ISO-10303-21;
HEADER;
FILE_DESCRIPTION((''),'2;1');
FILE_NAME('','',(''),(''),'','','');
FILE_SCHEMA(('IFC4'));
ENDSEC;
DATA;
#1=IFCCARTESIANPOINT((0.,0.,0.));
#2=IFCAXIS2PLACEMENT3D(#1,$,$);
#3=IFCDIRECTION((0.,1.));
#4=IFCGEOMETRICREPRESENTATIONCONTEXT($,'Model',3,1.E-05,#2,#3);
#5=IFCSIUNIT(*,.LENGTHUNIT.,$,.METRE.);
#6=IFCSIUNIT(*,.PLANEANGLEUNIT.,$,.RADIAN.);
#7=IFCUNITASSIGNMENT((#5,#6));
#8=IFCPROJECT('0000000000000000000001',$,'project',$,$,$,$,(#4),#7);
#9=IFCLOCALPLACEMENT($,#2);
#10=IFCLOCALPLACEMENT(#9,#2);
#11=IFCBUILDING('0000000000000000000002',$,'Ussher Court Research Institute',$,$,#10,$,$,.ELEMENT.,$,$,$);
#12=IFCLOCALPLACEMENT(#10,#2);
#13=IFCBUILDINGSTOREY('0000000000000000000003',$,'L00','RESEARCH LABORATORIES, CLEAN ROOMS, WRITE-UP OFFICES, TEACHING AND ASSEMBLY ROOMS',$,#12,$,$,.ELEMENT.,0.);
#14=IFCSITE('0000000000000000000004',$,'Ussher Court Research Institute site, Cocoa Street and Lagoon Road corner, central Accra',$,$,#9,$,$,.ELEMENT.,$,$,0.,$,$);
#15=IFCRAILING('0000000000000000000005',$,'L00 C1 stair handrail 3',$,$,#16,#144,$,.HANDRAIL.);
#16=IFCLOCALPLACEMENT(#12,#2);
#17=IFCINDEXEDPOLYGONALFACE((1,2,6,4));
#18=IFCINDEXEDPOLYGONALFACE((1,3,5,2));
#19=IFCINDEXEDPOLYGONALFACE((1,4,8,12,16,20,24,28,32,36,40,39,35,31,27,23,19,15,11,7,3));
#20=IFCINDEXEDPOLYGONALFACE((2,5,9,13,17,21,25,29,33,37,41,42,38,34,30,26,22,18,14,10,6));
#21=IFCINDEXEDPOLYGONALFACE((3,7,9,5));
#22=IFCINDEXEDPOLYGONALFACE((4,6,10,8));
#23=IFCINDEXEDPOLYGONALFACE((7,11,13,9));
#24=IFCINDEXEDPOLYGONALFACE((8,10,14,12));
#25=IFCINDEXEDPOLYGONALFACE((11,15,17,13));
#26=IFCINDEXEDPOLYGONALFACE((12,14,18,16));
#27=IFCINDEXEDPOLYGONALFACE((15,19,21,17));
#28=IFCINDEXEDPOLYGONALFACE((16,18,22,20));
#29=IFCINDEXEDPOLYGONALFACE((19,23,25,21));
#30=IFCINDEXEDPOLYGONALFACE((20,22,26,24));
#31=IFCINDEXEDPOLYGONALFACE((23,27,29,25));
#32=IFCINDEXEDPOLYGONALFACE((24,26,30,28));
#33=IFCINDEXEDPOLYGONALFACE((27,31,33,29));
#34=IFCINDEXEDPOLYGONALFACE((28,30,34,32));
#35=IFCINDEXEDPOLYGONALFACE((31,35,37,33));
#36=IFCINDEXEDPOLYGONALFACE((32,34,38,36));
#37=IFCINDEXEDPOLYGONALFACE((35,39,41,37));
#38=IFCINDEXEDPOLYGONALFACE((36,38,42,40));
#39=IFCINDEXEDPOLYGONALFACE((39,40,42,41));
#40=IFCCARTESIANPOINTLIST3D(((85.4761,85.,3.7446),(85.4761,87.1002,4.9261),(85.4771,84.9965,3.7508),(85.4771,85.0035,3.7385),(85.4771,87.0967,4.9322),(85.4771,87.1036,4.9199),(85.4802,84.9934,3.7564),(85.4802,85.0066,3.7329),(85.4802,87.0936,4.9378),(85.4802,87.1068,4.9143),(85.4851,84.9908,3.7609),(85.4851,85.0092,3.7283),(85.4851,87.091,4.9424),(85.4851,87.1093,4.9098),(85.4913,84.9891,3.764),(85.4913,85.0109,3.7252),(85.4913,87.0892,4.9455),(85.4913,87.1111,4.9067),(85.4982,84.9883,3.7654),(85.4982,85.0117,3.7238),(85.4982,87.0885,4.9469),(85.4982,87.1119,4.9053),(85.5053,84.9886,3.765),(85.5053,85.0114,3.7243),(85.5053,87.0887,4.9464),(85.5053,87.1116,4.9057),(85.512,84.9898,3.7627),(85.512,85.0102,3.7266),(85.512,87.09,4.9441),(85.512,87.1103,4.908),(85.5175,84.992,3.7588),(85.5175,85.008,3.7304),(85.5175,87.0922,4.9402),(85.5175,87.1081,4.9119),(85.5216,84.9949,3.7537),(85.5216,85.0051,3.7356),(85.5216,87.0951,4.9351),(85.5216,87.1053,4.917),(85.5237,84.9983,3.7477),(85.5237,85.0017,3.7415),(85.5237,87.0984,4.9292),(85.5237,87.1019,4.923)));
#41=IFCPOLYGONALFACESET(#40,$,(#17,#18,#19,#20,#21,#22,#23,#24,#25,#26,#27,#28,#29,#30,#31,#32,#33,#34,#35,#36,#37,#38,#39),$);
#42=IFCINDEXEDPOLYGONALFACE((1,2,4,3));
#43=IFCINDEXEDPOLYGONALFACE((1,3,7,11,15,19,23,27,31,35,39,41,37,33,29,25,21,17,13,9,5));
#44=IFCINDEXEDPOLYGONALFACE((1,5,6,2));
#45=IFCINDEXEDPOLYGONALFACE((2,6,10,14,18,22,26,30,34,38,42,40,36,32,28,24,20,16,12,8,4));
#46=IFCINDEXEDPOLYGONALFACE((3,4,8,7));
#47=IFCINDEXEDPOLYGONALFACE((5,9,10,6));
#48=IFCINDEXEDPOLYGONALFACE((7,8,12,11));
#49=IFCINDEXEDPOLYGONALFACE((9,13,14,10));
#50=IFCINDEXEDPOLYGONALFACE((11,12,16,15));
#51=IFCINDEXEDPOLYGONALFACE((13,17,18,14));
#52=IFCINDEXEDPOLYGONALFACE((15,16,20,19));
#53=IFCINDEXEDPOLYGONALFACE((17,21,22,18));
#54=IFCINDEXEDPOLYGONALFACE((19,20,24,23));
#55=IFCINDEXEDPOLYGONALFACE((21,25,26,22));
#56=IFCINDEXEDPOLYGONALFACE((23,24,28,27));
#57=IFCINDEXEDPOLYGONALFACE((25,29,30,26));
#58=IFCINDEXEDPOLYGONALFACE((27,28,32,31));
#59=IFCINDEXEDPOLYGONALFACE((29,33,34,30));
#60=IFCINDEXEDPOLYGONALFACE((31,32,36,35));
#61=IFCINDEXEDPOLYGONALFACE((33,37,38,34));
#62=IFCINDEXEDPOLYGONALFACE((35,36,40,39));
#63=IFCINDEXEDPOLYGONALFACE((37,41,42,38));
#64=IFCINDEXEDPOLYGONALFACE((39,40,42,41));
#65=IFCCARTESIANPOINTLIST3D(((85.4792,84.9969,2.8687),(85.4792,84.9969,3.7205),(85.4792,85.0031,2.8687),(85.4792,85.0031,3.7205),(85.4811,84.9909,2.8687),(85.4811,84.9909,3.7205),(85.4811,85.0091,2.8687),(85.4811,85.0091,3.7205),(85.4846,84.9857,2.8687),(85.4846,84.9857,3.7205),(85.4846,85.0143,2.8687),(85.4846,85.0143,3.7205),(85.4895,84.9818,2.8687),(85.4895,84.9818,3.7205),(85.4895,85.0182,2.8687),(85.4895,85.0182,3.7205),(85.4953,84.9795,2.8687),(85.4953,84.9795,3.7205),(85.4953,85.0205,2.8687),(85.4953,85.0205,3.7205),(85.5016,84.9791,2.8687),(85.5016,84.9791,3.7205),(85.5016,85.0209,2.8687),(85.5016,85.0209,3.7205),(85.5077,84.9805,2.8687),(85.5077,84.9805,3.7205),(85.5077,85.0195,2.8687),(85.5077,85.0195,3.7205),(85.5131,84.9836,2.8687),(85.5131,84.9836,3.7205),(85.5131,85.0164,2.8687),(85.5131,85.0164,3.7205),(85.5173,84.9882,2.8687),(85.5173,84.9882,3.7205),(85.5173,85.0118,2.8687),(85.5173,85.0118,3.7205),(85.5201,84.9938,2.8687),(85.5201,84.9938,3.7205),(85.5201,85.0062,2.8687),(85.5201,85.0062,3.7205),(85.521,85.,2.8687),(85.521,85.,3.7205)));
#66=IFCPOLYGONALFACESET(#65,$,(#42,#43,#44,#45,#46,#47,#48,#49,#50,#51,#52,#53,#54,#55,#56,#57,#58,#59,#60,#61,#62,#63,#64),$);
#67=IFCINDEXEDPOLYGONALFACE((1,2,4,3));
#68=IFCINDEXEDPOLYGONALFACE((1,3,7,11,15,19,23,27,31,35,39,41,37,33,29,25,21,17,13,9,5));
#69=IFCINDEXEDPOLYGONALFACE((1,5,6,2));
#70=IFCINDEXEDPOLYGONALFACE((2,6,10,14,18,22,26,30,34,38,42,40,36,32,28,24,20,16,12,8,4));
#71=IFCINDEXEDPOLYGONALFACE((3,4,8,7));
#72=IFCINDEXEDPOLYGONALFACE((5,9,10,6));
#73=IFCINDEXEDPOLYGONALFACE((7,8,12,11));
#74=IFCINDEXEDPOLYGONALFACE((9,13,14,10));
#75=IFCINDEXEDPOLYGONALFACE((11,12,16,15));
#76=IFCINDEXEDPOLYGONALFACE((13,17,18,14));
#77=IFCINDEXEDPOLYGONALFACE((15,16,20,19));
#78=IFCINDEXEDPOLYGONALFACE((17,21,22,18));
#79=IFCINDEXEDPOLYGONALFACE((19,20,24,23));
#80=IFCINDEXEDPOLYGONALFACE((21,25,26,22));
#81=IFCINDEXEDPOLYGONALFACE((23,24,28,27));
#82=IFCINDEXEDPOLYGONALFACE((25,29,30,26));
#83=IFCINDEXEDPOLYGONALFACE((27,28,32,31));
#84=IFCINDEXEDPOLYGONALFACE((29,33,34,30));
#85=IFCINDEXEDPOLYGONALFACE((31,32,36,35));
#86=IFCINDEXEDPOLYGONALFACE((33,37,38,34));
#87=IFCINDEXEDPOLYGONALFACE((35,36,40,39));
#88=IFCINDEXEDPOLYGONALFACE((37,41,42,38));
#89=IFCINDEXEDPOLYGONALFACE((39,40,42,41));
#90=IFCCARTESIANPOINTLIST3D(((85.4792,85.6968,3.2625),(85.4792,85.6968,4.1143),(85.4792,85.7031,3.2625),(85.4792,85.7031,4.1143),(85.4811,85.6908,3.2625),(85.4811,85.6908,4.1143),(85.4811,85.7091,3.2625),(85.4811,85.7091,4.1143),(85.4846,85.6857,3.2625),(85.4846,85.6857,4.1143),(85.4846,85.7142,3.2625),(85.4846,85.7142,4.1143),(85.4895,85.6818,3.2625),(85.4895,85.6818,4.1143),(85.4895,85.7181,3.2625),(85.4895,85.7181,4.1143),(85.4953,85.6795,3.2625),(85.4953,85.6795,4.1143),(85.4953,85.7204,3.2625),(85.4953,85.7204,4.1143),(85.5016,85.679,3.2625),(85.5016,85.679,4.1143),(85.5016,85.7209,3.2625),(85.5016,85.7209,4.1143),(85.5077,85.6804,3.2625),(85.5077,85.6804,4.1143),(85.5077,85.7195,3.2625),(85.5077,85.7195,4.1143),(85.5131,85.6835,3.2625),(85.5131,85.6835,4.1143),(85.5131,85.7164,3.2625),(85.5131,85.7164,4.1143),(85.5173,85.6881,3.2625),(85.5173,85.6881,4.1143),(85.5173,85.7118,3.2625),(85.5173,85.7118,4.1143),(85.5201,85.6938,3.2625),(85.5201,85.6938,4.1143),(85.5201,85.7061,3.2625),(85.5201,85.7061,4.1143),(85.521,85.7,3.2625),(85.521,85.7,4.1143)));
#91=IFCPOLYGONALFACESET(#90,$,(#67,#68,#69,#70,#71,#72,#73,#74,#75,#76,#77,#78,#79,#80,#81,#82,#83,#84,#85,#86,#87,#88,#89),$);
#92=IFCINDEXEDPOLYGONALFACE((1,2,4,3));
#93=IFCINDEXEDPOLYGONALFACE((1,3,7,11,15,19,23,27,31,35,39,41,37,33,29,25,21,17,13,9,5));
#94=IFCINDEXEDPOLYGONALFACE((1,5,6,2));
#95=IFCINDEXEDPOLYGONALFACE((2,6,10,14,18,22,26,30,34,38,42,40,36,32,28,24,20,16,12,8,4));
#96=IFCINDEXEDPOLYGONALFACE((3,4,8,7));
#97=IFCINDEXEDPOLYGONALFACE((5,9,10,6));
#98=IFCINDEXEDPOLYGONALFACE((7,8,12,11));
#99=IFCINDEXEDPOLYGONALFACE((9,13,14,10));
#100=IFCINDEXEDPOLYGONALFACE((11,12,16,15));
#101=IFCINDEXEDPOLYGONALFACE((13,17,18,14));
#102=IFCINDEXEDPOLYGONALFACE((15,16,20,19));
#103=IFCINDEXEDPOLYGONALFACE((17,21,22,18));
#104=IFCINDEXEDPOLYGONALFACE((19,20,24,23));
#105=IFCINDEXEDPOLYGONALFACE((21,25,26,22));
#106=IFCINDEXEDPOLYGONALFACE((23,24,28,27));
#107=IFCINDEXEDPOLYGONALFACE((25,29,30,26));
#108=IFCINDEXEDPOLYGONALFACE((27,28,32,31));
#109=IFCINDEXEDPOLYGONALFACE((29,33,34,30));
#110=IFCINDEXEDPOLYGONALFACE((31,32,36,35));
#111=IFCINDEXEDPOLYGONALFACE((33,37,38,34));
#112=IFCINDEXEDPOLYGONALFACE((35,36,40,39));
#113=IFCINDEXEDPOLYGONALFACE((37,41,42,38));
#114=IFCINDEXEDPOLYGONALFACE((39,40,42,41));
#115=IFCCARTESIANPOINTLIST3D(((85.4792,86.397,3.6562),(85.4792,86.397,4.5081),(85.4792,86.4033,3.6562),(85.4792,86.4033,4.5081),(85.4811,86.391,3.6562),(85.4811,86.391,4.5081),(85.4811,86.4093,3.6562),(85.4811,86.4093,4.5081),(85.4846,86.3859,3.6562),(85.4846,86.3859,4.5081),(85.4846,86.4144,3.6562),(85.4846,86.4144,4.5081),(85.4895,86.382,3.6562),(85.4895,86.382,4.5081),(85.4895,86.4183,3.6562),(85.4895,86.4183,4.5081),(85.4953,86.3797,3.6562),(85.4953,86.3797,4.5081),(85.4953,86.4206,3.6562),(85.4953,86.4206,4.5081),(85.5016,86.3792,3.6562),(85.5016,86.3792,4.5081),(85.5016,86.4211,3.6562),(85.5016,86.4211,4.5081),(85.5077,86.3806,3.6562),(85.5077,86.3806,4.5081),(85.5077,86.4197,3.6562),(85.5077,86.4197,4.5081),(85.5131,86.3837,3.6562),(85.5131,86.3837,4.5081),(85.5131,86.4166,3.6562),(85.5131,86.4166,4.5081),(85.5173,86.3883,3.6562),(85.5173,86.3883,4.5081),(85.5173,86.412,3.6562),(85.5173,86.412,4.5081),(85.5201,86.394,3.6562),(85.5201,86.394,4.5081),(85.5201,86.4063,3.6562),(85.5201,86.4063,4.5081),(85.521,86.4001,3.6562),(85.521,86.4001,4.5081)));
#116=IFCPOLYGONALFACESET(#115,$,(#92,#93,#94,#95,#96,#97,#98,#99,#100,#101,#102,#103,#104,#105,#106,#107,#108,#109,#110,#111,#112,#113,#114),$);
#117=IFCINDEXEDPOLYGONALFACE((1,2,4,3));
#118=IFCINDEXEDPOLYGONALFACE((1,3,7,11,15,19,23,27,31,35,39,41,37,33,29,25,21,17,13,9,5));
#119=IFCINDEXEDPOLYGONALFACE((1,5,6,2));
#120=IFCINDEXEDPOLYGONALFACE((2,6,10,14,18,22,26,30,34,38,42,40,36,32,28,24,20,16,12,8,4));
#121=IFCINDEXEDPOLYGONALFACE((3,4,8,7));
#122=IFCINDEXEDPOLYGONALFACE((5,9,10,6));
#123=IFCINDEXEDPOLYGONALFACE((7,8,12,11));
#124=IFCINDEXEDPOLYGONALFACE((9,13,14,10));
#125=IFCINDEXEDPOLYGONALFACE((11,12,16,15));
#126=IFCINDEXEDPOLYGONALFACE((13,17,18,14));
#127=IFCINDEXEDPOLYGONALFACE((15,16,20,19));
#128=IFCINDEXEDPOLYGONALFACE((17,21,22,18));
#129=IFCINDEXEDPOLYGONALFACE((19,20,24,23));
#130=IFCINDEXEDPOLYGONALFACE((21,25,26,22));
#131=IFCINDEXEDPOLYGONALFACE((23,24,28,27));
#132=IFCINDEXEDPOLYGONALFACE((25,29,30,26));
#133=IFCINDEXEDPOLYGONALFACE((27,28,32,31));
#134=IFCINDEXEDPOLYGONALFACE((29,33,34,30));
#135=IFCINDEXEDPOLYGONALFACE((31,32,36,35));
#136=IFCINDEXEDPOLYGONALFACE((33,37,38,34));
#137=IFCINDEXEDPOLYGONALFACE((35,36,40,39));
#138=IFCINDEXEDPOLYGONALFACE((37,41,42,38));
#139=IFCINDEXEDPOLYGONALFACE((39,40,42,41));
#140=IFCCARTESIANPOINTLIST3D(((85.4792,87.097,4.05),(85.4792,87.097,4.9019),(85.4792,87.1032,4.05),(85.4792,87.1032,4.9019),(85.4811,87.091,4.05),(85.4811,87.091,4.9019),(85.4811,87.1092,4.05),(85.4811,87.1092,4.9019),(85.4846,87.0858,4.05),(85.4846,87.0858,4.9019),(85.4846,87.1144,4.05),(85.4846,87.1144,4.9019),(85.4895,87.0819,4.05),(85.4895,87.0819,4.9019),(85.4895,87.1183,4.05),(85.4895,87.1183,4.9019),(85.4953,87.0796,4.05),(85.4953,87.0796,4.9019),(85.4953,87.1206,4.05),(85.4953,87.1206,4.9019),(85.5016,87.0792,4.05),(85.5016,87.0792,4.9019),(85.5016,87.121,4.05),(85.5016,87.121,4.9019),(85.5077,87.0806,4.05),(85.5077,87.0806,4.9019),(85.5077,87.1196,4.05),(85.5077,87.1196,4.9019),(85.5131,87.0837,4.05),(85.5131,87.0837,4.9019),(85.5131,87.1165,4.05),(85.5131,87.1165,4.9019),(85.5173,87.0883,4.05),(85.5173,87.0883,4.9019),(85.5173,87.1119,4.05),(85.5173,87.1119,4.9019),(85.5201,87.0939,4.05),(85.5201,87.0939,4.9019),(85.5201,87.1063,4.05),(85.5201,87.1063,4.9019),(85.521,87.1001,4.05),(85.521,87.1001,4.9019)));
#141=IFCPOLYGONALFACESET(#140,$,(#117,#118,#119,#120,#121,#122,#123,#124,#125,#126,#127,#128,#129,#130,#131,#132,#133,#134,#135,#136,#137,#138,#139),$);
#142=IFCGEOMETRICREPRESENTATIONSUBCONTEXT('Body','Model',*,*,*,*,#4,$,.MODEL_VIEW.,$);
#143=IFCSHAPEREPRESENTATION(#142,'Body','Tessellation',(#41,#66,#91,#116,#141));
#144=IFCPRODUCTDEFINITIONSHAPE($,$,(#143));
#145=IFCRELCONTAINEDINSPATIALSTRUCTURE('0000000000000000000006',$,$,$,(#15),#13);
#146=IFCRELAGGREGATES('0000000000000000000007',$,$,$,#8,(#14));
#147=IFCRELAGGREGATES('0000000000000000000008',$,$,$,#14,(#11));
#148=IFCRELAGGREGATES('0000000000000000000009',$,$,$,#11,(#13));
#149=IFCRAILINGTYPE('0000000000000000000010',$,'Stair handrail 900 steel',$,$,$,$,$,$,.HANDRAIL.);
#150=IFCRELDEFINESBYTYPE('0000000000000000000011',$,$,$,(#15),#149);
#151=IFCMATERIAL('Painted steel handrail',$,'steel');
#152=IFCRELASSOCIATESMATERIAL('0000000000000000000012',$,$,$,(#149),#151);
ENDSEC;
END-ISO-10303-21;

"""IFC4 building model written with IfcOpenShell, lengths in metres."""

from ifc_helpers import new_model, si_unit, direction, frame, origin, origin_2d, place, context, subcontext, project, spatial, circle, extrude, material, type_object, element, save


model = new_model("IFC4")

# Units and contexts
model_context = context("Model", 3, precision=1e-05, world=origin(), true_north=direction((0.0, 1.0)))
body_context = subcontext(model_context, "Body", "Model", "MODEL_VIEW")
ifc_project = project(units=[si_unit("LENGTHUNIT", "METRE"), si_unit("PLANEANGLEUNIT", "RADIAN")], contexts=[model_context])

# Site, building, storey
site_placement = place(None, origin())
site = spatial("IfcSite", under=ifc_project, at=site_placement, Name="Ussher Court Research Institute site, Cocoa Street and Lagoon Road corner, central Accra", CompositionType="ELEMENT", RefElevation=0.0)
building_placement = place(site_placement, origin())
building = spatial("IfcBuilding", under=site, at=building_placement, Name="Ussher Court Research Institute", CompositionType="ELEMENT")
storey_placement = place(building_placement, origin())
storey = spatial("IfcBuildingStorey", under=building, at=storey_placement, Name="L00", Description="RESEARCH LABORATORIES, CLEAN ROOMS, WRITE-UP OFFICES, TEACHING AND ASSEMBLY ROOMS", CompositionType="ELEMENT", Elevation=0.0)

# Railing
ifc_material_1 = material(Name="Painted steel handrail", Category="steel")
railing_type_1 = type_object("IfcRailingType", Name="Stair handrail 900 steel", PredefinedType="HANDRAIL", material=ifc_material_1)
for number, where, name in (
    (1, (85.5, 85.0, 2.8687), "L00 C1 stair handrail 3"),
):
    element("IfcRailing", number, at=place(storey_placement, frame(where)), inside=storey, type_object=railing_type_1, Name=name, PredefinedType="HANDRAIL", context=body_context, shape_type="SweptSolid", body=[
        extrude(circle(Radius=0.0239, at=origin_2d()), frame((0.0, 0.0, 0.876), z_axis=(0.0, 0.871559, 0.49029), x_axis=(-1.0, 0.0, 0.0)), (0.0, 0.0, 1.0), 2.4097),
        extrude(circle(Radius=0.021, at=origin_2d()), origin(), (0.0, 0.0, 1.0), 0.8518),
        extrude(circle(Radius=0.021, at=origin_2d()), frame((0.0, 0.7, 0.3938)), (0.0, 0.0, 1.0), 0.8518),
        extrude(circle(Radius=0.021, at=origin_2d()), frame((0.0, 1.4001, 0.7876)), (0.0, 0.0, 1.0), 0.8518),
        extrude(circle(Radius=0.021, at=origin_2d()), frame((0.0, 2.1001, 1.1814)), (0.0, 0.0, 1.0), 0.8518),
    ])

save(model, "model.ifc")
